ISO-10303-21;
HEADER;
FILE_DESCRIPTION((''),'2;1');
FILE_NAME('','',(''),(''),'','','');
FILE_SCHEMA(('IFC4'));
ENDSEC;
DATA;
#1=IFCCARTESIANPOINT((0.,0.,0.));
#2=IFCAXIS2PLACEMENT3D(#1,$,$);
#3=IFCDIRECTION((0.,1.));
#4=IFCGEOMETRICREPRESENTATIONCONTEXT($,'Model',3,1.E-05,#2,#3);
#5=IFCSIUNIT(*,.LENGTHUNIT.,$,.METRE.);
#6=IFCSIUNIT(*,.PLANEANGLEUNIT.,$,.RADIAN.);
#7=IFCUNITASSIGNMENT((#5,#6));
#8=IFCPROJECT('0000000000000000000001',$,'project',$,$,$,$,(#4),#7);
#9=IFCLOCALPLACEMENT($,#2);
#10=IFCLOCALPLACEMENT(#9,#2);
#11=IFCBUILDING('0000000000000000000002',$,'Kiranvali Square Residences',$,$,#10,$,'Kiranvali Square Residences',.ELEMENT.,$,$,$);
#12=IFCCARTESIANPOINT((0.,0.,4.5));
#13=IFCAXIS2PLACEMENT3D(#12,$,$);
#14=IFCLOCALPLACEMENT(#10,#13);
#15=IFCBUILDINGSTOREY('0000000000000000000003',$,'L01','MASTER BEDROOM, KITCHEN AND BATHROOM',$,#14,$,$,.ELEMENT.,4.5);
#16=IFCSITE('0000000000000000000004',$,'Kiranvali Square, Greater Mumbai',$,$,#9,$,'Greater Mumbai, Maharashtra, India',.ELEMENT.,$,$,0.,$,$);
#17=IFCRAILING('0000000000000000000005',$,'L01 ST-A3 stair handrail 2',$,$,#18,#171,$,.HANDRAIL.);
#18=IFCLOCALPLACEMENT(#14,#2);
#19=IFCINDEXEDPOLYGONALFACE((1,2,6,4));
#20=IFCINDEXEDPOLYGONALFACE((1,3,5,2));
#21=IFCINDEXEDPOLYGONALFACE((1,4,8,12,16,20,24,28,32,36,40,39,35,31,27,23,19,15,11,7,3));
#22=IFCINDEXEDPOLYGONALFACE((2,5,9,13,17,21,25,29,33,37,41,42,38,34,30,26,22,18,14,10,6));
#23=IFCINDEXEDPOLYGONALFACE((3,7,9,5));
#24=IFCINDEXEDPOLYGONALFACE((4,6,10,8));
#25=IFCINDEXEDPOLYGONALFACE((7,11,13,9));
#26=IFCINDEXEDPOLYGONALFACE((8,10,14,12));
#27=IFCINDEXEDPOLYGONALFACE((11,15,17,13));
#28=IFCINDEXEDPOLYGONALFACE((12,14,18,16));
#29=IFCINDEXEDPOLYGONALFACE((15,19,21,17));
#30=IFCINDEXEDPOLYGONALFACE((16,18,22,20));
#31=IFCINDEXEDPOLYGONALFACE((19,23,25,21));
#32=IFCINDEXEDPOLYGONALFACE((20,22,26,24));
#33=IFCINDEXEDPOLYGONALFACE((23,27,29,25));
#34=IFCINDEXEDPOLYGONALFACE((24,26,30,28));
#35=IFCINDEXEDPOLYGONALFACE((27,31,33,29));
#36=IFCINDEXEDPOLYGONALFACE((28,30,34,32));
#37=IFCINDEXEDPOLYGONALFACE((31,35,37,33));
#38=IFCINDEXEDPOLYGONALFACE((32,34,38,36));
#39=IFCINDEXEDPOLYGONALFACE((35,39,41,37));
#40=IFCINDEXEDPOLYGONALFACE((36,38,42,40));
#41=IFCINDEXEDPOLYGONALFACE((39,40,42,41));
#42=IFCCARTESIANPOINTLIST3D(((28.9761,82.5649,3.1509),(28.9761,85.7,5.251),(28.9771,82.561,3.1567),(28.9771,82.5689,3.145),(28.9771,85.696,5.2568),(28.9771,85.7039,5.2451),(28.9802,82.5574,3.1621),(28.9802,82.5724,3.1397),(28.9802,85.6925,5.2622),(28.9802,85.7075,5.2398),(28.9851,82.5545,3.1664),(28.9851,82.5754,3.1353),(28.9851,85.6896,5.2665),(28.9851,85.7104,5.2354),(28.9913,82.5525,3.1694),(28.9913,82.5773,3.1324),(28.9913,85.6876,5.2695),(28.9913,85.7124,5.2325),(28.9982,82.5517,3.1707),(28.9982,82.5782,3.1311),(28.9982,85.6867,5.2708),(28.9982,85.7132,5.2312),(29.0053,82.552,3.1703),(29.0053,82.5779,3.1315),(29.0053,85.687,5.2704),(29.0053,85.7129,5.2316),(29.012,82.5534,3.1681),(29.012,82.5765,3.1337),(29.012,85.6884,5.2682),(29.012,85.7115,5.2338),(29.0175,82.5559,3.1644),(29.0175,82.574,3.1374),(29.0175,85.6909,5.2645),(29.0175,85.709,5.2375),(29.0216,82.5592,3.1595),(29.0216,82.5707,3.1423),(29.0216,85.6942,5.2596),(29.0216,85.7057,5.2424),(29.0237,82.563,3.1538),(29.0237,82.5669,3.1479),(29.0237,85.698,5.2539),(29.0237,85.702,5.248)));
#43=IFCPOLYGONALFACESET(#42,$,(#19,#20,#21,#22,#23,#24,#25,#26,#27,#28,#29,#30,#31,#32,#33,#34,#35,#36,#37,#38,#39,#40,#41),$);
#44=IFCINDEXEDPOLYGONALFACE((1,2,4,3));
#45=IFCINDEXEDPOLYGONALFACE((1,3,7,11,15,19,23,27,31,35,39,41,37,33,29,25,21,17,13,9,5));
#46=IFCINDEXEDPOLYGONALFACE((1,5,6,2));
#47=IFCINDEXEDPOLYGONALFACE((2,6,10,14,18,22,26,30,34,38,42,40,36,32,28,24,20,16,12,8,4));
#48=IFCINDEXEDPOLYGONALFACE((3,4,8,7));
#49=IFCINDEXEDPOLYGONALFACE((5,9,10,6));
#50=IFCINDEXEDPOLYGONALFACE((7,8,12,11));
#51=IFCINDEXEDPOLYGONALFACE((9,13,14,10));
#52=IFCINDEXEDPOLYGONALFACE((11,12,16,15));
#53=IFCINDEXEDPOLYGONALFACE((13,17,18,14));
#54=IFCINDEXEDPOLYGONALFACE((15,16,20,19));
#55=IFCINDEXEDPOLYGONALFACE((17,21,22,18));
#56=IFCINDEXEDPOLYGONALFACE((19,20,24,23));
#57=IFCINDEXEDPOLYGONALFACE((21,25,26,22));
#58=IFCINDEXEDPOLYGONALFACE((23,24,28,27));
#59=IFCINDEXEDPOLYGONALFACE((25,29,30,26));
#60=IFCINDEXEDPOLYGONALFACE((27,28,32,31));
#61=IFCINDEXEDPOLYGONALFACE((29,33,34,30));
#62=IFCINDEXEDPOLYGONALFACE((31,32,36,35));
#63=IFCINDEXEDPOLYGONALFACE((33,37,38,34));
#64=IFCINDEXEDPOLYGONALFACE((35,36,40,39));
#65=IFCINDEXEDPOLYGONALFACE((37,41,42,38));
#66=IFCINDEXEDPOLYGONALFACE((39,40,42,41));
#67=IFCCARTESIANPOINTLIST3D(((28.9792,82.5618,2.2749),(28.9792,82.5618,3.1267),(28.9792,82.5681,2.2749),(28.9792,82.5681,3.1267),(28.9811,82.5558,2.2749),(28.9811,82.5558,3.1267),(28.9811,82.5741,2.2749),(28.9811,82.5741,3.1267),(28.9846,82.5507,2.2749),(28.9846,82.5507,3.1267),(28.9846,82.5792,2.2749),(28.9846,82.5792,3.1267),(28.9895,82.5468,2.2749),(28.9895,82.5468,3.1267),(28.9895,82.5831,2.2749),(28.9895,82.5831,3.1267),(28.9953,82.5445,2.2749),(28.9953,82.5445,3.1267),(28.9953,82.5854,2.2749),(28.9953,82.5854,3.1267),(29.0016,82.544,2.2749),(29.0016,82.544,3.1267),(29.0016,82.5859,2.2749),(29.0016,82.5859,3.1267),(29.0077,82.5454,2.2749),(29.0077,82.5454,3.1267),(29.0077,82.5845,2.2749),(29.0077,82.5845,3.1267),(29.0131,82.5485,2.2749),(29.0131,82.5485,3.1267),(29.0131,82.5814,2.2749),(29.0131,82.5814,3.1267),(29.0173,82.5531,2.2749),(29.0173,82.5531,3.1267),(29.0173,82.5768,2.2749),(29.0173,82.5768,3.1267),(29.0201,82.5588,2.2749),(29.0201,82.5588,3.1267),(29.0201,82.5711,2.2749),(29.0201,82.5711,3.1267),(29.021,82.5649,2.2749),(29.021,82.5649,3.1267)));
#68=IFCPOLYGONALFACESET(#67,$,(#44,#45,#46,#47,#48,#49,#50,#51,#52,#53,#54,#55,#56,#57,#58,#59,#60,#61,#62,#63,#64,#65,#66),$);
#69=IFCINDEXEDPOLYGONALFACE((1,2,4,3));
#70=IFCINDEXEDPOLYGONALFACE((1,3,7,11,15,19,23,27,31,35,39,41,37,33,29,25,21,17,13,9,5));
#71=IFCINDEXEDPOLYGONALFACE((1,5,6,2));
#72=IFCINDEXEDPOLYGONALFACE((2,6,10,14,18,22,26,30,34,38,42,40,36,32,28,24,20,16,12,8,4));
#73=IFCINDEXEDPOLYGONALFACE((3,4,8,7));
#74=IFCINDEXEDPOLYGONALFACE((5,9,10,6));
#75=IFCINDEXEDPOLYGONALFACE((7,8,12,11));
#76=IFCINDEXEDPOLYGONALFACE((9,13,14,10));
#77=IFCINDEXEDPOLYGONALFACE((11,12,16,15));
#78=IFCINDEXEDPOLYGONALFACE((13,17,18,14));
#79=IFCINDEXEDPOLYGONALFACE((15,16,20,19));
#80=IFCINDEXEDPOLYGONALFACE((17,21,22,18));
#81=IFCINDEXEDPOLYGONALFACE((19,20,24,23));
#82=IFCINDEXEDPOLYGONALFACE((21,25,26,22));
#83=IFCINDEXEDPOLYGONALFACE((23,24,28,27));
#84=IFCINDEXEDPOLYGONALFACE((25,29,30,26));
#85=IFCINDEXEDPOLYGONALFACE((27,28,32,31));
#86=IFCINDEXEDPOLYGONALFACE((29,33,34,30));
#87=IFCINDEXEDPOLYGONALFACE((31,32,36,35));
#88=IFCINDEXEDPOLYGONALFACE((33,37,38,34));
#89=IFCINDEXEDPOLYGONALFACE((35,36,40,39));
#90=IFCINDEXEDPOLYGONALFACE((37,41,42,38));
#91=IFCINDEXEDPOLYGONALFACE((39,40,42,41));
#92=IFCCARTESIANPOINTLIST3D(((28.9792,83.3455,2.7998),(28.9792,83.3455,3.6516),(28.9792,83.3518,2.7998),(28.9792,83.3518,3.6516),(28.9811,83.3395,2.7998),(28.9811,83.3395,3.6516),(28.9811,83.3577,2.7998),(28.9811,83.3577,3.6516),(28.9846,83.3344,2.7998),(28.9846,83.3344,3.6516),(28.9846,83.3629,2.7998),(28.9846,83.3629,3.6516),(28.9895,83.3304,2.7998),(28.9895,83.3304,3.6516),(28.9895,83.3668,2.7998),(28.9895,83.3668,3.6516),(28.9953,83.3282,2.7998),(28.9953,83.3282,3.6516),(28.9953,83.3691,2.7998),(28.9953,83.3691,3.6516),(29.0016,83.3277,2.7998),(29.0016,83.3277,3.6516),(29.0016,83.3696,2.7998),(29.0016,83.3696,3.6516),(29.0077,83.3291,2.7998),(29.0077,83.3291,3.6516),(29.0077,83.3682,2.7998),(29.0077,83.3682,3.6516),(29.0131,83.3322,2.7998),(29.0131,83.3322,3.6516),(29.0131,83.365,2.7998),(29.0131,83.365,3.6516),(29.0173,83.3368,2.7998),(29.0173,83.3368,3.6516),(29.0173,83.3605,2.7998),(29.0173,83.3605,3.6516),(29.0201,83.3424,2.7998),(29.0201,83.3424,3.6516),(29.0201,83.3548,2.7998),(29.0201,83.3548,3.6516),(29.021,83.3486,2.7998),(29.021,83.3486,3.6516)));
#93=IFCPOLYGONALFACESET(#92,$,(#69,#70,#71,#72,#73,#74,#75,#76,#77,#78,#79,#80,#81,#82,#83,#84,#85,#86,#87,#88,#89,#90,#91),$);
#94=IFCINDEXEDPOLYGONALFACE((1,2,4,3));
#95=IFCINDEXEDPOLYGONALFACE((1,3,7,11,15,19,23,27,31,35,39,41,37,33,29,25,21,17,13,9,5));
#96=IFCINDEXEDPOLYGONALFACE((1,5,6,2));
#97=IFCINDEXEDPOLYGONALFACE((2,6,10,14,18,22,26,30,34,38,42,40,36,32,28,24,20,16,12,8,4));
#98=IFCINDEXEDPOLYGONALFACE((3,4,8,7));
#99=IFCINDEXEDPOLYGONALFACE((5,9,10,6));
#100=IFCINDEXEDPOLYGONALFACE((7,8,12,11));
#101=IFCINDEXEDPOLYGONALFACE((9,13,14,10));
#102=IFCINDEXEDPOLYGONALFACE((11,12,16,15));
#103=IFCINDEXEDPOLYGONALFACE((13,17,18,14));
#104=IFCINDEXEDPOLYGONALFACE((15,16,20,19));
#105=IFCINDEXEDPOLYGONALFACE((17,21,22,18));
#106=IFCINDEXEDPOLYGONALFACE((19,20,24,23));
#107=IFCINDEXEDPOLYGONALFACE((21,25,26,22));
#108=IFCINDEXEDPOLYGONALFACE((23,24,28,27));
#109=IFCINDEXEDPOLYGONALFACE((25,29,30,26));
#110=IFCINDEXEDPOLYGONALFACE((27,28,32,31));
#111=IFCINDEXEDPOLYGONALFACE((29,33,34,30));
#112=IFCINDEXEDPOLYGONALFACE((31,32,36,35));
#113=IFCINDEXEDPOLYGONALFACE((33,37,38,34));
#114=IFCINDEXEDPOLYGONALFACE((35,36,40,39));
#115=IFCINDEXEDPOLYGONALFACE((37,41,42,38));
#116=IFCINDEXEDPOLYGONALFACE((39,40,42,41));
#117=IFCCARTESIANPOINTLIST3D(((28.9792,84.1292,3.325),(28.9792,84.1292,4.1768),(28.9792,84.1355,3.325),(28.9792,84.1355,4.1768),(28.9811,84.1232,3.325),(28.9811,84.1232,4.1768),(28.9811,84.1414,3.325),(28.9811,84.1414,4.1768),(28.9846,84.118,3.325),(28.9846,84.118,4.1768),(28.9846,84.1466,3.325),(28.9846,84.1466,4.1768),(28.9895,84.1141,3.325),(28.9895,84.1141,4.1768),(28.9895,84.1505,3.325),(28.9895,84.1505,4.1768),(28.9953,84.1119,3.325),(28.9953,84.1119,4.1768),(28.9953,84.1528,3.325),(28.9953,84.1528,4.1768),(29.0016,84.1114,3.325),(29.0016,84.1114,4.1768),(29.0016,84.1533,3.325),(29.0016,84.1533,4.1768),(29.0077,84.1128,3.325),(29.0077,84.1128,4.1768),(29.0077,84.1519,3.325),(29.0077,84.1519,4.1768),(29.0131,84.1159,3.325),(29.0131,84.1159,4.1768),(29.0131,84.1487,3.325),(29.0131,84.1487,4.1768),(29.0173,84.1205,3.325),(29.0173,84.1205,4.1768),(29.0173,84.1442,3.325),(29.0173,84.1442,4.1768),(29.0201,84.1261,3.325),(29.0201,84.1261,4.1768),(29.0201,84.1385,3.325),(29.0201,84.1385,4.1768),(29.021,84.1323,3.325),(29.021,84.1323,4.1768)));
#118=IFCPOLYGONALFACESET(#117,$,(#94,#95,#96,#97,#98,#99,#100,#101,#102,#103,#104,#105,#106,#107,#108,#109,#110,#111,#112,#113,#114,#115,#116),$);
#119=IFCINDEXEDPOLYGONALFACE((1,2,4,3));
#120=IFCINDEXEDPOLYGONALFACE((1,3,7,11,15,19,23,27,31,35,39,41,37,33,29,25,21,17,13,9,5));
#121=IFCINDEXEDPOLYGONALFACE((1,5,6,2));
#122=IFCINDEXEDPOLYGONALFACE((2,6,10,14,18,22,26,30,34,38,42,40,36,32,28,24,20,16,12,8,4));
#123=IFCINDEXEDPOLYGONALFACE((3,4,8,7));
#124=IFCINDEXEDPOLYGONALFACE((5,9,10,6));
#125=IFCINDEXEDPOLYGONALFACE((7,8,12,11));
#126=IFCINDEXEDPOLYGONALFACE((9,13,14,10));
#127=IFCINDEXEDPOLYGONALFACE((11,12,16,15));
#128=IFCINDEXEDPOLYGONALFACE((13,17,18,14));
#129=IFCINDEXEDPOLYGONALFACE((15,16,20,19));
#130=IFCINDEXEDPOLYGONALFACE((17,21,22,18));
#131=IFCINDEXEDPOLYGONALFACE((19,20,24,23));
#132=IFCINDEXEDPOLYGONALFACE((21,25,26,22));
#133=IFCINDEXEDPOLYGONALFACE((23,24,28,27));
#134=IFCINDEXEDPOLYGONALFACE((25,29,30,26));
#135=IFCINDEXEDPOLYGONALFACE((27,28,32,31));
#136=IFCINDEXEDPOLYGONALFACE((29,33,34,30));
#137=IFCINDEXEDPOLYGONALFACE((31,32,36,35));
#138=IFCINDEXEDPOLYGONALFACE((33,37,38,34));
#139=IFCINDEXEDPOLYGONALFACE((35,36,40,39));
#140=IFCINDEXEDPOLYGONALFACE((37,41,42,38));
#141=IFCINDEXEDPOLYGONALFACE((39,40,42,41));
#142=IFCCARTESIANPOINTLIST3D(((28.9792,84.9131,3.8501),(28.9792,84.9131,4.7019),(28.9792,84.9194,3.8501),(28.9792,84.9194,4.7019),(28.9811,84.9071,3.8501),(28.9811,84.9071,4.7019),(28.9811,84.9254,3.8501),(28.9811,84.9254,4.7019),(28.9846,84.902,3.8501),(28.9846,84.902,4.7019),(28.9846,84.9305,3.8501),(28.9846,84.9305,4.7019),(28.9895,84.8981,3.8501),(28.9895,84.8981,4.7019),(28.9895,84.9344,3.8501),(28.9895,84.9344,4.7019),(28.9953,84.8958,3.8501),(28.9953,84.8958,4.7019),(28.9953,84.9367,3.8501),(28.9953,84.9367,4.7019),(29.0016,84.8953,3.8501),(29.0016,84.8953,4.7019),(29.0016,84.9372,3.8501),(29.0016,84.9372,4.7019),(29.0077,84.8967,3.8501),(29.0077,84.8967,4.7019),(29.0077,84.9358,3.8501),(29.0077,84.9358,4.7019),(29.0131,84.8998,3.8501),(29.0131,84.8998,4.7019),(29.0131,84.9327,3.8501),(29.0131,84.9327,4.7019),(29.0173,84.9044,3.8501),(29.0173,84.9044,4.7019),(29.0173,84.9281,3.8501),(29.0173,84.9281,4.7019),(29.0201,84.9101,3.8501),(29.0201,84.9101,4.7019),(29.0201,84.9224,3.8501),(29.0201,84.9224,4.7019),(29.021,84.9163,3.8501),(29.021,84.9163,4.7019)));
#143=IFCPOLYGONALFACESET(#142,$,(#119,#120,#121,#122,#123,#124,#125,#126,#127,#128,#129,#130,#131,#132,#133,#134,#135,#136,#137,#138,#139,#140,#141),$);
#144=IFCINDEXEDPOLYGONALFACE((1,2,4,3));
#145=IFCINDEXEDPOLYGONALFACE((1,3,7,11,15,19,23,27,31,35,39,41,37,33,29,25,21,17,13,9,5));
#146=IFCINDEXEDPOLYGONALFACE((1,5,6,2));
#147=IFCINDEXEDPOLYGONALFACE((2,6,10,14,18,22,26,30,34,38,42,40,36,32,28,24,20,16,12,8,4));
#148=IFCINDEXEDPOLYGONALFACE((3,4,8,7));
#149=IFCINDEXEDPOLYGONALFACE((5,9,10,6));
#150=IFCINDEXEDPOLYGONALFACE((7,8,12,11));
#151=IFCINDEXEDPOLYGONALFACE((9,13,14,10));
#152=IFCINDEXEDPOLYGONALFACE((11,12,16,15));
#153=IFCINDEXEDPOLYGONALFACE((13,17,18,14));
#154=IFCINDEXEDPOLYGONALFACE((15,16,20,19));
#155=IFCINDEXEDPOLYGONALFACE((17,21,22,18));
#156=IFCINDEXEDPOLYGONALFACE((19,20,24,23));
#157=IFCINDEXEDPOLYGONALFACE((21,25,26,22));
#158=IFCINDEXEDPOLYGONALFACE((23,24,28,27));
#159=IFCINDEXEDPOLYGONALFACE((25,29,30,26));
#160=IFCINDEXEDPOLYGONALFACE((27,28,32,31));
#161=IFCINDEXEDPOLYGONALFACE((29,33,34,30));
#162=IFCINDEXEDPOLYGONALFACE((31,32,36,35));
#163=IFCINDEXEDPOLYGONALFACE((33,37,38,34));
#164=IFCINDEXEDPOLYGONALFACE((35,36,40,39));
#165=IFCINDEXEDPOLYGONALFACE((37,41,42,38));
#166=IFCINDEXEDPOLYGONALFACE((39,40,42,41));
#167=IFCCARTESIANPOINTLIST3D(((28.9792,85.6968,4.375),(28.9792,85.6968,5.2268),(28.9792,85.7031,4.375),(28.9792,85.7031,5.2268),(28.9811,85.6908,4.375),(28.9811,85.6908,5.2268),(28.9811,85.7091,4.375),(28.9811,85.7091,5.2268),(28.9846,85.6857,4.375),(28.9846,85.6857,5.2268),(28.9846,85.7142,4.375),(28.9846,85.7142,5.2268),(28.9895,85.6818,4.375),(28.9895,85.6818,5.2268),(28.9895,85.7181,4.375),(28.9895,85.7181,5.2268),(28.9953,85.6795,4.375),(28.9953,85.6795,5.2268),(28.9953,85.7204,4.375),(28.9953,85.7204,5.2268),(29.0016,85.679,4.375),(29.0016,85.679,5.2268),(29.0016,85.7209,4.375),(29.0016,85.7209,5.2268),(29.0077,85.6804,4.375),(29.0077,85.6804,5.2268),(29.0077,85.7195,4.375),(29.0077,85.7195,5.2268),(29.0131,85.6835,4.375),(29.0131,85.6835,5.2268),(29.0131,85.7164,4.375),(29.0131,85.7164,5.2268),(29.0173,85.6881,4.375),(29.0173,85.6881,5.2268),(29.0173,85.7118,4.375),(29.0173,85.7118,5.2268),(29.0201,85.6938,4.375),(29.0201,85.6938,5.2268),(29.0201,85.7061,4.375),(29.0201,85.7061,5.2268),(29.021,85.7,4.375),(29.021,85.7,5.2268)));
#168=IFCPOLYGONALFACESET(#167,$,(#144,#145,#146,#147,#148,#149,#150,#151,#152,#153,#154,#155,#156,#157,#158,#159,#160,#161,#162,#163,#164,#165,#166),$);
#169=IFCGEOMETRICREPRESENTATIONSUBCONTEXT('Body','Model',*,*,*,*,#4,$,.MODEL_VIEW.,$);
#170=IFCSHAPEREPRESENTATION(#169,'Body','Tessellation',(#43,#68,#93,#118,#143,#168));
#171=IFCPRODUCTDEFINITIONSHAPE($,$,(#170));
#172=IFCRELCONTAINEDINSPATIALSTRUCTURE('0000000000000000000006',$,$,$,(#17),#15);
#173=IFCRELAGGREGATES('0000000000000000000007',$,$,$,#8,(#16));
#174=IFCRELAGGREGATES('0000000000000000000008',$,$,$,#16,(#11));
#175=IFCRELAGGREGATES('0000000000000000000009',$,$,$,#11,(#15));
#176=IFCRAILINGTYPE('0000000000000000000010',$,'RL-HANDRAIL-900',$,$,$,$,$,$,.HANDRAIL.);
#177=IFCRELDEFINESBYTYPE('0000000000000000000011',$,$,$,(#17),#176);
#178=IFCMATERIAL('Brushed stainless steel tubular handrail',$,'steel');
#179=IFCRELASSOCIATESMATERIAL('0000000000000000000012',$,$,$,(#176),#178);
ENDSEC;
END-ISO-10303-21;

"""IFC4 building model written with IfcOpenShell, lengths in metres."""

from ifc_helpers import new_model, si_unit, direction, frame, origin, origin_2d, place, context, subcontext, project, spatial, circle, extrude, material, type_object, element, save


model = new_model("IFC4")

# Units and contexts
model_context = context("Model", 3, precision=1e-05, world=origin(), true_north=direction((0.0, 1.0)))
body_context = subcontext(model_context, "Body", "Model", "MODEL_VIEW")
ifc_project = project(units=[si_unit("LENGTHUNIT", "METRE"), si_unit("PLANEANGLEUNIT", "RADIAN")], contexts=[model_context])

# Site, building, storey
site_placement = place(None, origin())
site = spatial("IfcSite", under=ifc_project, at=site_placement, Name="Kiranvali Square, Greater Mumbai", LongName="Greater Mumbai, Maharashtra, India", CompositionType="ELEMENT", RefElevation=0.0)
building_placement = place(site_placement, origin())
building = spatial("IfcBuilding", under=site, at=building_placement, Name="Kiranvali Square Residences", LongName="Kiranvali Square Residences", CompositionType="ELEMENT")
storey_placement = place(building_placement, frame((0.0, 0.0, 4.5)))
storey = spatial("IfcBuildingStorey", under=building, at=storey_placement, Name="L01", Description="MASTER BEDROOM, KITCHEN AND BATHROOM", CompositionType="ELEMENT", Elevation=4.5)

# Railing
ifc_material_1 = material(Name="Brushed stainless steel tubular handrail", Category="steel")
railing_type_1 = type_object("IfcRailingType", Name="RL-HANDRAIL-900", PredefinedType="HANDRAIL", material=ifc_material_1)
railing_1_placement = place(storey_placement, frame((29.0, 82.5649, 2.2749)))
element("IfcRailing", 1, at=railing_1_placement, inside=storey, type_object=railing_type_1, Name="L01 ST-A3 stair handrail 2", PredefinedType="HANDRAIL", context=body_context, shape_type="SweptSolid", body=[
    extrude(circle(Radius=0.0239, at=origin_2d()), frame((0.0, 0.0, 0.876), z_axis=(0.0, 0.830814, 0.55655), x_axis=(-1.0, 0.0, 0.0)), (0.0, 0.0, 1.0), 3.7734),
    extrude(circle(Radius=0.021, at=origin_2d()), origin(), (0.0, 0.0, 1.0), 0.8518),
    extrude(circle(Radius=0.021, at=origin_2d()), frame((0.0, 0.7837, 0.5249)), (0.0, 0.0, 1.0), 0.8518),
    extrude(circle(Radius=0.021, at=origin_2d()), frame((0.0, 1.5674, 1.05)), (0.0, 0.0, 1.0), 0.8518),
    extrude(circle(Radius=0.021, at=origin_2d()), frame((0.0, 2.3513, 1.5752)), (0.0, 0.0, 1.0), 0.8518),
    extrude(circle(Radius=0.021, at=origin_2d()), frame((0.0, 3.135, 2.1001)), (0.0, 0.0, 1.0), 0.8518),
])

save(model, "model.ifc")
